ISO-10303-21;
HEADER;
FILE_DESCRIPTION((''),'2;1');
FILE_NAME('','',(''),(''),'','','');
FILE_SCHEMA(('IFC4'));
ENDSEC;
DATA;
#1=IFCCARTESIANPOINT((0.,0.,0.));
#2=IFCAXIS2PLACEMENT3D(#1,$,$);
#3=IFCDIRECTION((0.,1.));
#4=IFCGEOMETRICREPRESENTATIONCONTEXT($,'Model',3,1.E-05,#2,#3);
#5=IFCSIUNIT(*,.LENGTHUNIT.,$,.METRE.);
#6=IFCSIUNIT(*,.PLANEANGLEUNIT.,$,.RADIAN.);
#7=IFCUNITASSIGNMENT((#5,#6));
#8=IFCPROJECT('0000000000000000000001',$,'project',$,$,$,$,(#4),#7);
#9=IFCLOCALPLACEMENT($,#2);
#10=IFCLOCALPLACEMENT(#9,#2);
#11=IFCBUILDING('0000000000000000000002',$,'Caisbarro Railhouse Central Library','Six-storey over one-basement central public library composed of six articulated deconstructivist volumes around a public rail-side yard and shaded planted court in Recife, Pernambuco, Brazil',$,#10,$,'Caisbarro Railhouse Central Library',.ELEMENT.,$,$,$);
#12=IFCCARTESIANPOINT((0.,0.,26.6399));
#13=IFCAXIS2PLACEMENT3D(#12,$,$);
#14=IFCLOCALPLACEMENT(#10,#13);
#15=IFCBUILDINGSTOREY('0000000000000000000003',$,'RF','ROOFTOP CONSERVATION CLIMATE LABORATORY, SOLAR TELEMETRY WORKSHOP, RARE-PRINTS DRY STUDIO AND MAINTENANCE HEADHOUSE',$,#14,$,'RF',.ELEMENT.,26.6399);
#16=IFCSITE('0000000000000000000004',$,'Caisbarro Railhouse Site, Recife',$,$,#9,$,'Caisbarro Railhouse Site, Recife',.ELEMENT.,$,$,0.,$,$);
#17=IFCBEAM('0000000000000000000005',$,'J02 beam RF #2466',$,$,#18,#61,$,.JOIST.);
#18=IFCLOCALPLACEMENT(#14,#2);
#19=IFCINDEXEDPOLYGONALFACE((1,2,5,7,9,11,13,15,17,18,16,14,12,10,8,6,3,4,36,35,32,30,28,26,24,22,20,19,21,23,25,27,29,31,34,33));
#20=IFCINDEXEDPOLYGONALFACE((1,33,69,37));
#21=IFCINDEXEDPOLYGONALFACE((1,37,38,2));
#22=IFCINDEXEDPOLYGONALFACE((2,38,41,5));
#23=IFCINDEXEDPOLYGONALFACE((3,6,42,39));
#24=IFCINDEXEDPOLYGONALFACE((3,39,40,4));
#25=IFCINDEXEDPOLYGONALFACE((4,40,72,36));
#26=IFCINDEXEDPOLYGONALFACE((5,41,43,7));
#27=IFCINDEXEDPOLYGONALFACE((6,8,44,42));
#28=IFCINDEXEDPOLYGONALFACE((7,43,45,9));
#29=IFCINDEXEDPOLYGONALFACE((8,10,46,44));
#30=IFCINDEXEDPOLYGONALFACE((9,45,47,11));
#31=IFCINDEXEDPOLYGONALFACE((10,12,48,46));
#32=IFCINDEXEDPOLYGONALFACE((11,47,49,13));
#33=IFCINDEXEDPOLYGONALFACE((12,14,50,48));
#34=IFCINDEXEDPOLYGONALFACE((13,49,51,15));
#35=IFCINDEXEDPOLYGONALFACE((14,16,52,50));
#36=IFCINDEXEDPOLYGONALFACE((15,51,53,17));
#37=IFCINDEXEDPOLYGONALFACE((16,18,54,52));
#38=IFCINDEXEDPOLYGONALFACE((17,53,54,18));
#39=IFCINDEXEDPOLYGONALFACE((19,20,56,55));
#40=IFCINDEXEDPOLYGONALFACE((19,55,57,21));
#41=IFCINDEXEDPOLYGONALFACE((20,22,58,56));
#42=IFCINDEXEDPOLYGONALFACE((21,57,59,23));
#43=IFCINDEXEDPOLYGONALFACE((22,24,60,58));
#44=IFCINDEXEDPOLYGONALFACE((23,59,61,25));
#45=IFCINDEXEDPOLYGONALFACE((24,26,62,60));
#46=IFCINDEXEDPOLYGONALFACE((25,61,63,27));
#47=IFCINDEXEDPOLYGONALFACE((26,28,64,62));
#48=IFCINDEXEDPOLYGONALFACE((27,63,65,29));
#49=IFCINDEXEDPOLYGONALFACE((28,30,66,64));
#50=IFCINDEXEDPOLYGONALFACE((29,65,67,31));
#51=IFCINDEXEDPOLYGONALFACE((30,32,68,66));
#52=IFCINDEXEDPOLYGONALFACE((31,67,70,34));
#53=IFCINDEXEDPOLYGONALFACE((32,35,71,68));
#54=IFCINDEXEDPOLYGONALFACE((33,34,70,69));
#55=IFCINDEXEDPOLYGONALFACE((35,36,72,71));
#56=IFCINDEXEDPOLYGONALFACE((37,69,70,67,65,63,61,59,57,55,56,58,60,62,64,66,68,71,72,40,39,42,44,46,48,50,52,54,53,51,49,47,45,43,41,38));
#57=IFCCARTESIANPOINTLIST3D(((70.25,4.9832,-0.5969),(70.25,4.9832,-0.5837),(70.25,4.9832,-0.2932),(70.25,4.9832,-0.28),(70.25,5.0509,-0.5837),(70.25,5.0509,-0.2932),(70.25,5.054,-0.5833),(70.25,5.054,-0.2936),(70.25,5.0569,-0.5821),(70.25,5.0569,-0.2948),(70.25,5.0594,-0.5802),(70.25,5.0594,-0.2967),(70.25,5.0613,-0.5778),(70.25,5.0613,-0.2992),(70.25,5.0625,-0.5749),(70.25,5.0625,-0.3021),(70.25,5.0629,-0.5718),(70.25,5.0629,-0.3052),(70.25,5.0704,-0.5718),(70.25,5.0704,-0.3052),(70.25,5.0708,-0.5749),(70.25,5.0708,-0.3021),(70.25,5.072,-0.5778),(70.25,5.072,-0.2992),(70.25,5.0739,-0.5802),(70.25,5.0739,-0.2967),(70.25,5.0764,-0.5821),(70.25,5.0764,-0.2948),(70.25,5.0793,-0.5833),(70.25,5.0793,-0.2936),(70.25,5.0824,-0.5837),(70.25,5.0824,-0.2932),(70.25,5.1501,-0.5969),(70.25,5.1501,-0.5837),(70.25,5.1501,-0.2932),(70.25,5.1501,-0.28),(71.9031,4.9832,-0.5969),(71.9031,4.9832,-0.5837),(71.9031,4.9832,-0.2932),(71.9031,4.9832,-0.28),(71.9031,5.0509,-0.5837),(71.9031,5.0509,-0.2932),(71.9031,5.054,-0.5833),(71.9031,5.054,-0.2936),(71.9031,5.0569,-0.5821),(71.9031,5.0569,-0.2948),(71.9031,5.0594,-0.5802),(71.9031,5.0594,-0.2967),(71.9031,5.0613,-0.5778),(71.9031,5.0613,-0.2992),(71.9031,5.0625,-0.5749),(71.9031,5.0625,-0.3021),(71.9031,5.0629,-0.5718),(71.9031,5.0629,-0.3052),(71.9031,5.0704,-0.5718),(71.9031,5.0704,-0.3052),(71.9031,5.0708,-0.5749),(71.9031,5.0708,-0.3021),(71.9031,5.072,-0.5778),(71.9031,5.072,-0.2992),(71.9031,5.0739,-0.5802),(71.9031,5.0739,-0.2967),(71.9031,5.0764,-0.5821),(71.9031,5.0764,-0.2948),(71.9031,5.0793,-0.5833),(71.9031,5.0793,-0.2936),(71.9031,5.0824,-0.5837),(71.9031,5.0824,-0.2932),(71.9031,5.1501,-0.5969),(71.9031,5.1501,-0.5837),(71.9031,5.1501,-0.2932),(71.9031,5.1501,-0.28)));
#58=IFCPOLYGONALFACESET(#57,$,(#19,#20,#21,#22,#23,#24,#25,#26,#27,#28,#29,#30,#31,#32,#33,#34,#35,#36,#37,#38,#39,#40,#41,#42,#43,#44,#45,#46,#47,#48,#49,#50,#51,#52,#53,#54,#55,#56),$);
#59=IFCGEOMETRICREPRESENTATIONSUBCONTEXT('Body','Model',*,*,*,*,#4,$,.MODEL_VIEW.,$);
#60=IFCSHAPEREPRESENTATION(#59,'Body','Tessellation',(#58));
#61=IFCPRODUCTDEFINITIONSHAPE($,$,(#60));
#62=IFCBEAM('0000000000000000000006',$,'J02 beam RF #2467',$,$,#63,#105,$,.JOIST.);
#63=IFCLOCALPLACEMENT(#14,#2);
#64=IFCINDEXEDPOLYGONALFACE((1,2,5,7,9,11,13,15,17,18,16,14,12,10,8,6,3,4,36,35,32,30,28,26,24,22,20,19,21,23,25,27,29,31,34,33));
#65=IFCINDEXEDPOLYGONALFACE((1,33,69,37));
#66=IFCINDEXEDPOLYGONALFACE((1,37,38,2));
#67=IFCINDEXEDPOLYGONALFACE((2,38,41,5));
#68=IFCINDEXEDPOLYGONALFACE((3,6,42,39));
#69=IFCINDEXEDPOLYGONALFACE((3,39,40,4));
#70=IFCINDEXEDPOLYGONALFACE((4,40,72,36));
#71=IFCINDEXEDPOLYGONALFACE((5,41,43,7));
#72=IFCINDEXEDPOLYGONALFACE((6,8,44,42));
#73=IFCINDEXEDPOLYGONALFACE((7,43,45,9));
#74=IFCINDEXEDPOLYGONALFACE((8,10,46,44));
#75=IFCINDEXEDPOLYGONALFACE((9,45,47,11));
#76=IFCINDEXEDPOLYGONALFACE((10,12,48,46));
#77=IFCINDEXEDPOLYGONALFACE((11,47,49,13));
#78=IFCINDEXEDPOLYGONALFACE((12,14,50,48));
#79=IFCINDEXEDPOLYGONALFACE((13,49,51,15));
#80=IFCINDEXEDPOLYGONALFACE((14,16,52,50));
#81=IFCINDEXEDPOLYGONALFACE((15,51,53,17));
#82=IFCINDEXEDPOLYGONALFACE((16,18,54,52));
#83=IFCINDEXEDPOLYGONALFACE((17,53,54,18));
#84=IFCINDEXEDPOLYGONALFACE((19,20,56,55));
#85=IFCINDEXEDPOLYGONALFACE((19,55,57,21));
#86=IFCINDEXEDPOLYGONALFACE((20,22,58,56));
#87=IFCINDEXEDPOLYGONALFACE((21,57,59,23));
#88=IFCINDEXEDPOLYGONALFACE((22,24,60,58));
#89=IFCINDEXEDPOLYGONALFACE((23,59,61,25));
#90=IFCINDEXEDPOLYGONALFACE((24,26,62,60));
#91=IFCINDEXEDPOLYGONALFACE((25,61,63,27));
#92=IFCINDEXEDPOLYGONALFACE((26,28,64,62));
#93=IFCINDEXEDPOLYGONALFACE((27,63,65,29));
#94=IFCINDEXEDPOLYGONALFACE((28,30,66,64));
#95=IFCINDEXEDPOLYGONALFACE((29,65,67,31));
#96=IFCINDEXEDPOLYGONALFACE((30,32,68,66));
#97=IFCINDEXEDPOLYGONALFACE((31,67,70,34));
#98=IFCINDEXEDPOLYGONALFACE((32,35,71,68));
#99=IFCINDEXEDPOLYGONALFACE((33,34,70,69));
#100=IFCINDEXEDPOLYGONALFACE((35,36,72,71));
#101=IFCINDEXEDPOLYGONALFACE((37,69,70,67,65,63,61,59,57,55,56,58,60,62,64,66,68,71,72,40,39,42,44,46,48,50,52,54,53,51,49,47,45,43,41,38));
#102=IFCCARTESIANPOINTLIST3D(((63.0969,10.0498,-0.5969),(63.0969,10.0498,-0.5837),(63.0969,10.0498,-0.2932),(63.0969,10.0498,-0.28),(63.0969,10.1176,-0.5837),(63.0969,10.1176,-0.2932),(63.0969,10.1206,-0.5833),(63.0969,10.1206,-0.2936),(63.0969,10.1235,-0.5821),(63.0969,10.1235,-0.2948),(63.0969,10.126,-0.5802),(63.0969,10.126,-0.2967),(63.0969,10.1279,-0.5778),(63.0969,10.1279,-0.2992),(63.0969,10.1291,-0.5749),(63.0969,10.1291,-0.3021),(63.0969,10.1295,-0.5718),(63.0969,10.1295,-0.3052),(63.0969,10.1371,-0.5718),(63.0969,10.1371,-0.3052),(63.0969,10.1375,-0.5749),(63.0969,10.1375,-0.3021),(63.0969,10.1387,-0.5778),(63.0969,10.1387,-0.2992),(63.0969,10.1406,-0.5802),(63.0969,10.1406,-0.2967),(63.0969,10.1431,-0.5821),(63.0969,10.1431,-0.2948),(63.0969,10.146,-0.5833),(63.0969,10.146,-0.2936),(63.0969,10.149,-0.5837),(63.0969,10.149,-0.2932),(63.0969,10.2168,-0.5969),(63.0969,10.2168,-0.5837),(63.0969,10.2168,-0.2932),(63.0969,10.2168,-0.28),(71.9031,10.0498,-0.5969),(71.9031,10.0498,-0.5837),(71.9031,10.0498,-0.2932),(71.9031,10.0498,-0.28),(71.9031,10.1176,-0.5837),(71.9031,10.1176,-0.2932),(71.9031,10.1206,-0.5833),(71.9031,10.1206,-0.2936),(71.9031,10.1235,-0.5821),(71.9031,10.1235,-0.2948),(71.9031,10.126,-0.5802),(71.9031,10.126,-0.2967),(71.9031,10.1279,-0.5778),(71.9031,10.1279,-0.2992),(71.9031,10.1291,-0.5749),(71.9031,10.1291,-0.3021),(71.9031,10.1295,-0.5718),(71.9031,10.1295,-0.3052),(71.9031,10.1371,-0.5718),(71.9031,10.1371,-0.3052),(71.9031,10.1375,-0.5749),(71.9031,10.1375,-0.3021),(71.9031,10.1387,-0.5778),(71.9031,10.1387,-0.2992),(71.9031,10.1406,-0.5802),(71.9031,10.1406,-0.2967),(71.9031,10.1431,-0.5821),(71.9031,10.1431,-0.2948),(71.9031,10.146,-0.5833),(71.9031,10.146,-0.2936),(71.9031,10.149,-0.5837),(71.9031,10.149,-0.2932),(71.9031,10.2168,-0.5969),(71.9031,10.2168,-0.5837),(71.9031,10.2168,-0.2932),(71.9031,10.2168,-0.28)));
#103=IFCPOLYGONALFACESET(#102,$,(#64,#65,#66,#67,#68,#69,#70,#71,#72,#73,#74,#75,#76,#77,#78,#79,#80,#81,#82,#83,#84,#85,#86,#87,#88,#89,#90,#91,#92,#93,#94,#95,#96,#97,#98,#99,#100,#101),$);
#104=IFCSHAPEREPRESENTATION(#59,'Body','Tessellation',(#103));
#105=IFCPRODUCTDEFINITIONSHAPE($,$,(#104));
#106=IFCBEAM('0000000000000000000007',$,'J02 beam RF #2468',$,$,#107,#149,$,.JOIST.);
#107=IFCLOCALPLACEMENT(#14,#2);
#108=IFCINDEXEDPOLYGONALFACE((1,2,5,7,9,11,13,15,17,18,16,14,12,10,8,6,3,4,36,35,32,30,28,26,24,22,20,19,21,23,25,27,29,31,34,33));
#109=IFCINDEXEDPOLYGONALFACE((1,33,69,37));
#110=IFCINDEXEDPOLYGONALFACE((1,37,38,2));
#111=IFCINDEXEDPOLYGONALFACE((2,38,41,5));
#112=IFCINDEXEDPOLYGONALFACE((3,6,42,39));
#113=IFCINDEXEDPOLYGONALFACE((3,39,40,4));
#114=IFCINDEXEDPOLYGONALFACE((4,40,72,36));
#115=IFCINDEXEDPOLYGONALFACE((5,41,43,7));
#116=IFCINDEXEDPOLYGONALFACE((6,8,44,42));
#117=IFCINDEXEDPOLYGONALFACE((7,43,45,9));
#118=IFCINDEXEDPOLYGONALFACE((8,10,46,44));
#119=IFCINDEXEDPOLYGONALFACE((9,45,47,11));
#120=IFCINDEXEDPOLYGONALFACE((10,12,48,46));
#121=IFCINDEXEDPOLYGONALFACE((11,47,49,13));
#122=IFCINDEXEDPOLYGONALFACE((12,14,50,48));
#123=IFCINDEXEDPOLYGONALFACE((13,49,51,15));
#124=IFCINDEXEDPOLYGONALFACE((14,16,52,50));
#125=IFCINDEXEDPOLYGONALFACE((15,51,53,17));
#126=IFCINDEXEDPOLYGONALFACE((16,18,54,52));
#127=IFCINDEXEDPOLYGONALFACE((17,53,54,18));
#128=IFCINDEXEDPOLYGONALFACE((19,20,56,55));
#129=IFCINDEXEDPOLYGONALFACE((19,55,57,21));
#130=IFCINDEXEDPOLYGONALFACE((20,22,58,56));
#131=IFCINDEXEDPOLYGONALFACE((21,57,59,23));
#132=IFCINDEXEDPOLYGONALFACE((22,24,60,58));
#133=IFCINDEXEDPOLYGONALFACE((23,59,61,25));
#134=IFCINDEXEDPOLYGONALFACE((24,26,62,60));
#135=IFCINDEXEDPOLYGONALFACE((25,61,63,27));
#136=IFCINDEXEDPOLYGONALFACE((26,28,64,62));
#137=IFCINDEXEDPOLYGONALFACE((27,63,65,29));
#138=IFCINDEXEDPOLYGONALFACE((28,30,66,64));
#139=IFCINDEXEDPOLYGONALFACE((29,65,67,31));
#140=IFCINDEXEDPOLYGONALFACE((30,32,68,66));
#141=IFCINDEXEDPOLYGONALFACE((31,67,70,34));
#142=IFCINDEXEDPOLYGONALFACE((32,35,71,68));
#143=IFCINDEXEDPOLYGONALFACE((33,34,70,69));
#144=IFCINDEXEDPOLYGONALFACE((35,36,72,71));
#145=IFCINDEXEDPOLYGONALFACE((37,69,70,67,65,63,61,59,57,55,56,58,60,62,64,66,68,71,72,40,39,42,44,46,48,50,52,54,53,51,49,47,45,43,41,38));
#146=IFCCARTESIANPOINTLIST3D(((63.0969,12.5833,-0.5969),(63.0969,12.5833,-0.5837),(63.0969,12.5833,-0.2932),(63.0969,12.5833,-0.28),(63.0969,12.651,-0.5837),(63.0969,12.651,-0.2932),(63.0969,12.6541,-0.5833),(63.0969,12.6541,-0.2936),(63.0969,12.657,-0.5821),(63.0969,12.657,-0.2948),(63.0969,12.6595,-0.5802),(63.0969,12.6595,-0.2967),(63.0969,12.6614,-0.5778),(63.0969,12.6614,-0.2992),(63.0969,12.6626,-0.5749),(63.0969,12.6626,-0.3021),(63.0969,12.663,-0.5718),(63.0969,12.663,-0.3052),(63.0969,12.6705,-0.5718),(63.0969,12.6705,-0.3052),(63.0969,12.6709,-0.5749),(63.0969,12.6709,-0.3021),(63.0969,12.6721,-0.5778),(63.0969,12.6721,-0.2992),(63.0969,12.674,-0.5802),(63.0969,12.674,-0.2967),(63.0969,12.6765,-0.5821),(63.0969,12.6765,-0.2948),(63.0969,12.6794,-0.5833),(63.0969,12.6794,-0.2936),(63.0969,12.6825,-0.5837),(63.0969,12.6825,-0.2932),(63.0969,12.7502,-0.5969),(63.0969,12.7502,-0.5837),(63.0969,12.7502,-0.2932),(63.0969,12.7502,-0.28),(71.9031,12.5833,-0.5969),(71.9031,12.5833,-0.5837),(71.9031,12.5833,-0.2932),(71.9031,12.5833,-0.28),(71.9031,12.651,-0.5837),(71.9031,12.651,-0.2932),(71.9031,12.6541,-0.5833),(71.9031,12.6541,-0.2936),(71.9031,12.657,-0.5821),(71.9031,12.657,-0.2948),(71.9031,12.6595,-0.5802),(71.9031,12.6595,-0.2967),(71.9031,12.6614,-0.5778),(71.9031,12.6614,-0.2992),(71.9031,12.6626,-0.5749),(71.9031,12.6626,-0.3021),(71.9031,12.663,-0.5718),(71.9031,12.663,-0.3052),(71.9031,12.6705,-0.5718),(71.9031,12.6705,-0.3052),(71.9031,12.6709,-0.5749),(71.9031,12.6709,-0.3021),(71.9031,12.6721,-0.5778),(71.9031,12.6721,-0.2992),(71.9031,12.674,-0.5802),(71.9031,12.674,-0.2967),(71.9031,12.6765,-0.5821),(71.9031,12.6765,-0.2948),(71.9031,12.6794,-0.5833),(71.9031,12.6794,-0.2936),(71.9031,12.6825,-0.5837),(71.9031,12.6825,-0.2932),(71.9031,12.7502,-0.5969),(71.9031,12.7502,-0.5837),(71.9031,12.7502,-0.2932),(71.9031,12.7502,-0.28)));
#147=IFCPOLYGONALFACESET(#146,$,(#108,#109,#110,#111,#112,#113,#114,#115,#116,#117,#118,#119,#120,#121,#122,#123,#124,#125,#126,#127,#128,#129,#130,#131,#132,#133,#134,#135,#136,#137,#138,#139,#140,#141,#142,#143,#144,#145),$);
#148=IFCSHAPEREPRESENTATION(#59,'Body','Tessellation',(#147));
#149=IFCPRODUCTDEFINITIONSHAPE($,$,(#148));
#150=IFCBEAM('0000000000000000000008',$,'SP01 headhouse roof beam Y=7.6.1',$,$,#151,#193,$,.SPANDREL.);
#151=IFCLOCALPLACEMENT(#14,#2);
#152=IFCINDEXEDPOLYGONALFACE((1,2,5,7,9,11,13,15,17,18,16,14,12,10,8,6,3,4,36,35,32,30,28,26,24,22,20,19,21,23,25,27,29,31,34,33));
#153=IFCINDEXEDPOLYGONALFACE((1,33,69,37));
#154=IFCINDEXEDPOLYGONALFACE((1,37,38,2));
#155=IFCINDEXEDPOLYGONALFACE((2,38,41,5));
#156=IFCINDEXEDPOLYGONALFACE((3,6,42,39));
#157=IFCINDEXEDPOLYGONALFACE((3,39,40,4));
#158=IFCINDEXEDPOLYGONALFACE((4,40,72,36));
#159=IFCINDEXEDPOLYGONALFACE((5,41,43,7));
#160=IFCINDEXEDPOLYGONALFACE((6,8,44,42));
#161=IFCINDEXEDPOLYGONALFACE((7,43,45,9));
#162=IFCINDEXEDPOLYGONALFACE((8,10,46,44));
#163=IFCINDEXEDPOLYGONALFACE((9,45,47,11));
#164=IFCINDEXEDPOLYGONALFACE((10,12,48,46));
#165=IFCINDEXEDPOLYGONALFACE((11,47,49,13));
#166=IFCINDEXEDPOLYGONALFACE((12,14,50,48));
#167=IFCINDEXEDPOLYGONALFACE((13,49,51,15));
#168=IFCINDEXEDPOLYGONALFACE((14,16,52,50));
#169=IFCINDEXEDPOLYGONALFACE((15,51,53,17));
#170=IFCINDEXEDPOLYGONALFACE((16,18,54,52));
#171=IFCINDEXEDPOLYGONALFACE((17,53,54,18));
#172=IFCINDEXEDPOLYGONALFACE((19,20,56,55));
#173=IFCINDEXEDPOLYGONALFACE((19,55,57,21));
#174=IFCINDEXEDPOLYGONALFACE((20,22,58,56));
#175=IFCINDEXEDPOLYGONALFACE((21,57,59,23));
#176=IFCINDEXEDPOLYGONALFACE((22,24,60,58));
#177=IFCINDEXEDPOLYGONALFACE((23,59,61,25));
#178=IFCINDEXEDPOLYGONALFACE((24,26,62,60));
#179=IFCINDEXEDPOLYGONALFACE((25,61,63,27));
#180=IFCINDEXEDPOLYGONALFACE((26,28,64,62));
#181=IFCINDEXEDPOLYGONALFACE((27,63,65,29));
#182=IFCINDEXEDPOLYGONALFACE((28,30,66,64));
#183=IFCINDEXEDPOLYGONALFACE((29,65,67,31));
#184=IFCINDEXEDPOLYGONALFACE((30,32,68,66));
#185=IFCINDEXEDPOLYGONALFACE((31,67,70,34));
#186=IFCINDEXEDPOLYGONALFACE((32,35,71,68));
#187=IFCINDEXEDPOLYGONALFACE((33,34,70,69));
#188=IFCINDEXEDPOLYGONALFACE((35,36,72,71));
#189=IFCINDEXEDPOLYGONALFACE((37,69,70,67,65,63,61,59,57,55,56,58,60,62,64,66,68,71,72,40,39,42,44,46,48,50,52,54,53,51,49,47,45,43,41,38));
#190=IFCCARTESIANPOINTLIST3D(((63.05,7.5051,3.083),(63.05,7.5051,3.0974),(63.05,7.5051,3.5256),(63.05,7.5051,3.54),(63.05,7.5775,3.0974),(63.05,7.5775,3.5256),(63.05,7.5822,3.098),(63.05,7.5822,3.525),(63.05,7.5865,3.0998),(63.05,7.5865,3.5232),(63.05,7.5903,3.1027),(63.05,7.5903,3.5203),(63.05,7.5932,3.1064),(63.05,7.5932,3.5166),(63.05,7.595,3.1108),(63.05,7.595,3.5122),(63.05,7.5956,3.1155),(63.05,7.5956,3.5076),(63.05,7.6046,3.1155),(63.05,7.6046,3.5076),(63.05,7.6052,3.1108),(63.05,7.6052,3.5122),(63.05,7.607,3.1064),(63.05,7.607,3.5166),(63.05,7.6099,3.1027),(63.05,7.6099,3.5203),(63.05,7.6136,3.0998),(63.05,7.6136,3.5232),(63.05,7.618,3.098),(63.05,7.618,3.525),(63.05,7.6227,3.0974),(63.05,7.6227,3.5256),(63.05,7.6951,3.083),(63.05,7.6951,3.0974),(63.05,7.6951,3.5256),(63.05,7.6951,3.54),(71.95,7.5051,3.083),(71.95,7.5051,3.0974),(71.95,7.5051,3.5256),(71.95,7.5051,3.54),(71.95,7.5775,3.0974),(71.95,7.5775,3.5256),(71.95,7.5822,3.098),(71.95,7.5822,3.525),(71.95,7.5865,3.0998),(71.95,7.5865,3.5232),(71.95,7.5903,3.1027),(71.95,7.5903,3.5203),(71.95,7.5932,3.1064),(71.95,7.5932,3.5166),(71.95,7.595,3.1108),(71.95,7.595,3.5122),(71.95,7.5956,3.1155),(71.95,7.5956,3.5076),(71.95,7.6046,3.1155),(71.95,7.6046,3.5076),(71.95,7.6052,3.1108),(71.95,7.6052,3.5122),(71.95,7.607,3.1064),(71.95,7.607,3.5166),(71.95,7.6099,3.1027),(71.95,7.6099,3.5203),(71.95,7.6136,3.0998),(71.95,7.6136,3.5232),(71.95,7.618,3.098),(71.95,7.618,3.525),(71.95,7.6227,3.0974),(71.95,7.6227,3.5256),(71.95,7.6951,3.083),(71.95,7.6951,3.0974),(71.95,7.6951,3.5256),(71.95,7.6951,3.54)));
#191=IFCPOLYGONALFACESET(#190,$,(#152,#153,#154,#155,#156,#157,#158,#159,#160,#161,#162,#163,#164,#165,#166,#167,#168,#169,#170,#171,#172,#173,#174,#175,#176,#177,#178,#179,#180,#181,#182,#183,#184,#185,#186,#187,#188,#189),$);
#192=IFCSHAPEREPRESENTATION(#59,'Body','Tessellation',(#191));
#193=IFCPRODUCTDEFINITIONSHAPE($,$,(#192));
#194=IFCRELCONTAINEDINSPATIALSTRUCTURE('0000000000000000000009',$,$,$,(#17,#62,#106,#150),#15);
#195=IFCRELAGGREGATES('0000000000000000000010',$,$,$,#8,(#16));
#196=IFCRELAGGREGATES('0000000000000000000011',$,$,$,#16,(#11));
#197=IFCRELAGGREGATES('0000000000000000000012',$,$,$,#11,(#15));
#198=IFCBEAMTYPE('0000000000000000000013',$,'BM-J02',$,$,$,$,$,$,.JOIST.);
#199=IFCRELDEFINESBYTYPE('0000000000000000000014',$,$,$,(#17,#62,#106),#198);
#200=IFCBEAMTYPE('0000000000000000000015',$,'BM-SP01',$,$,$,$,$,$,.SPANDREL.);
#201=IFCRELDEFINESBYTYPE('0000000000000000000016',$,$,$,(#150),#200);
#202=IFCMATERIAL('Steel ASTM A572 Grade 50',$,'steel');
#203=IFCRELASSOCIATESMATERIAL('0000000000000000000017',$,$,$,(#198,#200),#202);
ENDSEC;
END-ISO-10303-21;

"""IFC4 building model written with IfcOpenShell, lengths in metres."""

from ifc_helpers import new_model, si_unit, direction, frame, origin, origin_2d, place, context, subcontext, project, spatial, i_section, extrude, material, material_profile, profile_set, type_object, element, save


model = new_model("IFC4")

# Units and contexts
model_context = context("Model", 3, precision=1e-05, world=origin(), true_north=direction((0.0, 1.0)))
body_context = subcontext(model_context, "Body", "Model", "MODEL_VIEW")
ifc_project = project(units=[si_unit("LENGTHUNIT", "METRE"), si_unit("PLANEANGLEUNIT", "RADIAN")], contexts=[model_context])

# Site, building, storey
site_placement = place(None, origin())
site = spatial("IfcSite", under=ifc_project, at=site_placement, Name="Caisbarro Railhouse Site, Recife", LongName="Caisbarro Railhouse Site, Recife", CompositionType="ELEMENT", RefElevation=0.0)
building_placement = place(site_placement, origin())
building = spatial("IfcBuilding", under=site, at=building_placement, Name="Caisbarro Railhouse Central Library", Description="Six-storey over one-basement central public library composed of six articulated deconstructivist volumes around a public rail-side yard and shaded planted court in Recife, Pernambuco, Brazil", LongName="Caisbarro Railhouse Central Library", CompositionType="ELEMENT")
storey_placement = place(building_placement, frame((0.0, 0.0, 26.6399)))
storey = spatial("IfcBuildingStorey", under=building, at=storey_placement, Name="RF", Description="ROOFTOP CONSERVATION CLIMATE LABORATORY, SOLAR TELEMETRY WORKSHOP, RARE-PRINTS DRY STUDIO AND MAINTENANCE HEADHOUSE", LongName="RF", CompositionType="ELEMENT", Elevation=26.6399)

# Shared definitions
ifc_material_1 = material(Name="Steel ASTM A572 Grade 50", Category="steel")

# Beams
ifc_material_profile_1 = material_profile(ifc_material_1, i_section(OverallWidth=0.167, OverallDepth=0.3169, WebThickness=0.0076, FlangeThickness=0.0132, FilletRadius=0.012, at=origin_2d()), Name="W310X52.0")
ifc_profile_set_1 = profile_set([ifc_material_profile_1], Name="Steel ASTM A572 Grade 50")
beam_type_1 = type_object("IfcBeamType", Name="BM-J02", PredefinedType="JOIST", material=ifc_profile_set_1)
beam_1_placement = place(storey_placement, frame((70.25, 5.0667, -0.4385), z_axis=(1.0, 0.0, 0.0), x_axis=(0.0, 1.0, 0.0)))
element("IfcBeam", 1, at=beam_1_placement, inside=storey, type_object=beam_type_1, Name="J02 beam RF #2466", PredefinedType="JOIST", context=body_context, shape_type="SweptSolid", body=[
    extrude(i_section(OverallWidth=0.167, OverallDepth=0.3169, WebThickness=0.0076, FlangeThickness=0.0132, FilletRadius=0.012, at=origin_2d()), origin(), (0.0, 0.0, 1.0), 1.6531),
])
for number, where, z_axis, x_axis, name in (
    (2, (63.0969, 10.1333, -0.4385), (1.0, 0.0, 0.0), (0.0, 1.0, 0.0), "J02 beam RF #2467"),
    (3, (63.0969, 12.6667, -0.4385), (1.0, 0.0, 0.0), (0.0, 1.0, 0.0), "J02 beam RF #2468"),
):
    element("IfcBeam", number, at=place(storey_placement, frame(where, z_axis=z_axis, x_axis=x_axis)), inside=storey, type_object=beam_type_1, Name=name, PredefinedType="JOIST", context=body_context, shape_type="SweptSolid", body=[
        extrude(i_section(OverallWidth=0.167, OverallDepth=0.3169, WebThickness=0.0076, FlangeThickness=0.0132, FilletRadius=0.012, at=origin_2d()), origin(), (0.0, 0.0, 1.0), 8.8062),
    ])
ifc_material_profile_2 = material_profile(ifc_material_1, i_section(OverallWidth=0.1899, OverallDepth=0.457, WebThickness=0.009, FlangeThickness=0.0144, FilletRadius=0.0181, at=origin_2d()), Name="W460X74.0")
ifc_profile_set_2 = profile_set([ifc_material_profile_2], Name="Steel ASTM A572 Grade 50")
beam_type_2 = type_object("IfcBeamType", Name="BM-SP01", PredefinedType="SPANDREL", material=ifc_profile_set_2)
for number, where, z_axis, x_axis, name in (
    (4, (63.05, 7.6001, 3.3115), (1.0, 0.0, 0.0), (0.0, 1.0, 0.0), "SP01 headhouse roof beam Y=7.6.1"),
):
    element("IfcBeam", number, at=place(storey_placement, frame(where, z_axis=z_axis, x_axis=x_axis)), inside=storey, type_object=beam_type_2, Name=name, PredefinedType="SPANDREL", context=body_context, shape_type="SweptSolid", body=[
        extrude(i_section(OverallWidth=0.1899, OverallDepth=0.457, WebThickness=0.009, FlangeThickness=0.0144, FilletRadius=0.0181, at=origin_2d()), origin(), (0.0, 0.0, 1.0), 8.8999),
    ])

save(model, "model.ifc")
